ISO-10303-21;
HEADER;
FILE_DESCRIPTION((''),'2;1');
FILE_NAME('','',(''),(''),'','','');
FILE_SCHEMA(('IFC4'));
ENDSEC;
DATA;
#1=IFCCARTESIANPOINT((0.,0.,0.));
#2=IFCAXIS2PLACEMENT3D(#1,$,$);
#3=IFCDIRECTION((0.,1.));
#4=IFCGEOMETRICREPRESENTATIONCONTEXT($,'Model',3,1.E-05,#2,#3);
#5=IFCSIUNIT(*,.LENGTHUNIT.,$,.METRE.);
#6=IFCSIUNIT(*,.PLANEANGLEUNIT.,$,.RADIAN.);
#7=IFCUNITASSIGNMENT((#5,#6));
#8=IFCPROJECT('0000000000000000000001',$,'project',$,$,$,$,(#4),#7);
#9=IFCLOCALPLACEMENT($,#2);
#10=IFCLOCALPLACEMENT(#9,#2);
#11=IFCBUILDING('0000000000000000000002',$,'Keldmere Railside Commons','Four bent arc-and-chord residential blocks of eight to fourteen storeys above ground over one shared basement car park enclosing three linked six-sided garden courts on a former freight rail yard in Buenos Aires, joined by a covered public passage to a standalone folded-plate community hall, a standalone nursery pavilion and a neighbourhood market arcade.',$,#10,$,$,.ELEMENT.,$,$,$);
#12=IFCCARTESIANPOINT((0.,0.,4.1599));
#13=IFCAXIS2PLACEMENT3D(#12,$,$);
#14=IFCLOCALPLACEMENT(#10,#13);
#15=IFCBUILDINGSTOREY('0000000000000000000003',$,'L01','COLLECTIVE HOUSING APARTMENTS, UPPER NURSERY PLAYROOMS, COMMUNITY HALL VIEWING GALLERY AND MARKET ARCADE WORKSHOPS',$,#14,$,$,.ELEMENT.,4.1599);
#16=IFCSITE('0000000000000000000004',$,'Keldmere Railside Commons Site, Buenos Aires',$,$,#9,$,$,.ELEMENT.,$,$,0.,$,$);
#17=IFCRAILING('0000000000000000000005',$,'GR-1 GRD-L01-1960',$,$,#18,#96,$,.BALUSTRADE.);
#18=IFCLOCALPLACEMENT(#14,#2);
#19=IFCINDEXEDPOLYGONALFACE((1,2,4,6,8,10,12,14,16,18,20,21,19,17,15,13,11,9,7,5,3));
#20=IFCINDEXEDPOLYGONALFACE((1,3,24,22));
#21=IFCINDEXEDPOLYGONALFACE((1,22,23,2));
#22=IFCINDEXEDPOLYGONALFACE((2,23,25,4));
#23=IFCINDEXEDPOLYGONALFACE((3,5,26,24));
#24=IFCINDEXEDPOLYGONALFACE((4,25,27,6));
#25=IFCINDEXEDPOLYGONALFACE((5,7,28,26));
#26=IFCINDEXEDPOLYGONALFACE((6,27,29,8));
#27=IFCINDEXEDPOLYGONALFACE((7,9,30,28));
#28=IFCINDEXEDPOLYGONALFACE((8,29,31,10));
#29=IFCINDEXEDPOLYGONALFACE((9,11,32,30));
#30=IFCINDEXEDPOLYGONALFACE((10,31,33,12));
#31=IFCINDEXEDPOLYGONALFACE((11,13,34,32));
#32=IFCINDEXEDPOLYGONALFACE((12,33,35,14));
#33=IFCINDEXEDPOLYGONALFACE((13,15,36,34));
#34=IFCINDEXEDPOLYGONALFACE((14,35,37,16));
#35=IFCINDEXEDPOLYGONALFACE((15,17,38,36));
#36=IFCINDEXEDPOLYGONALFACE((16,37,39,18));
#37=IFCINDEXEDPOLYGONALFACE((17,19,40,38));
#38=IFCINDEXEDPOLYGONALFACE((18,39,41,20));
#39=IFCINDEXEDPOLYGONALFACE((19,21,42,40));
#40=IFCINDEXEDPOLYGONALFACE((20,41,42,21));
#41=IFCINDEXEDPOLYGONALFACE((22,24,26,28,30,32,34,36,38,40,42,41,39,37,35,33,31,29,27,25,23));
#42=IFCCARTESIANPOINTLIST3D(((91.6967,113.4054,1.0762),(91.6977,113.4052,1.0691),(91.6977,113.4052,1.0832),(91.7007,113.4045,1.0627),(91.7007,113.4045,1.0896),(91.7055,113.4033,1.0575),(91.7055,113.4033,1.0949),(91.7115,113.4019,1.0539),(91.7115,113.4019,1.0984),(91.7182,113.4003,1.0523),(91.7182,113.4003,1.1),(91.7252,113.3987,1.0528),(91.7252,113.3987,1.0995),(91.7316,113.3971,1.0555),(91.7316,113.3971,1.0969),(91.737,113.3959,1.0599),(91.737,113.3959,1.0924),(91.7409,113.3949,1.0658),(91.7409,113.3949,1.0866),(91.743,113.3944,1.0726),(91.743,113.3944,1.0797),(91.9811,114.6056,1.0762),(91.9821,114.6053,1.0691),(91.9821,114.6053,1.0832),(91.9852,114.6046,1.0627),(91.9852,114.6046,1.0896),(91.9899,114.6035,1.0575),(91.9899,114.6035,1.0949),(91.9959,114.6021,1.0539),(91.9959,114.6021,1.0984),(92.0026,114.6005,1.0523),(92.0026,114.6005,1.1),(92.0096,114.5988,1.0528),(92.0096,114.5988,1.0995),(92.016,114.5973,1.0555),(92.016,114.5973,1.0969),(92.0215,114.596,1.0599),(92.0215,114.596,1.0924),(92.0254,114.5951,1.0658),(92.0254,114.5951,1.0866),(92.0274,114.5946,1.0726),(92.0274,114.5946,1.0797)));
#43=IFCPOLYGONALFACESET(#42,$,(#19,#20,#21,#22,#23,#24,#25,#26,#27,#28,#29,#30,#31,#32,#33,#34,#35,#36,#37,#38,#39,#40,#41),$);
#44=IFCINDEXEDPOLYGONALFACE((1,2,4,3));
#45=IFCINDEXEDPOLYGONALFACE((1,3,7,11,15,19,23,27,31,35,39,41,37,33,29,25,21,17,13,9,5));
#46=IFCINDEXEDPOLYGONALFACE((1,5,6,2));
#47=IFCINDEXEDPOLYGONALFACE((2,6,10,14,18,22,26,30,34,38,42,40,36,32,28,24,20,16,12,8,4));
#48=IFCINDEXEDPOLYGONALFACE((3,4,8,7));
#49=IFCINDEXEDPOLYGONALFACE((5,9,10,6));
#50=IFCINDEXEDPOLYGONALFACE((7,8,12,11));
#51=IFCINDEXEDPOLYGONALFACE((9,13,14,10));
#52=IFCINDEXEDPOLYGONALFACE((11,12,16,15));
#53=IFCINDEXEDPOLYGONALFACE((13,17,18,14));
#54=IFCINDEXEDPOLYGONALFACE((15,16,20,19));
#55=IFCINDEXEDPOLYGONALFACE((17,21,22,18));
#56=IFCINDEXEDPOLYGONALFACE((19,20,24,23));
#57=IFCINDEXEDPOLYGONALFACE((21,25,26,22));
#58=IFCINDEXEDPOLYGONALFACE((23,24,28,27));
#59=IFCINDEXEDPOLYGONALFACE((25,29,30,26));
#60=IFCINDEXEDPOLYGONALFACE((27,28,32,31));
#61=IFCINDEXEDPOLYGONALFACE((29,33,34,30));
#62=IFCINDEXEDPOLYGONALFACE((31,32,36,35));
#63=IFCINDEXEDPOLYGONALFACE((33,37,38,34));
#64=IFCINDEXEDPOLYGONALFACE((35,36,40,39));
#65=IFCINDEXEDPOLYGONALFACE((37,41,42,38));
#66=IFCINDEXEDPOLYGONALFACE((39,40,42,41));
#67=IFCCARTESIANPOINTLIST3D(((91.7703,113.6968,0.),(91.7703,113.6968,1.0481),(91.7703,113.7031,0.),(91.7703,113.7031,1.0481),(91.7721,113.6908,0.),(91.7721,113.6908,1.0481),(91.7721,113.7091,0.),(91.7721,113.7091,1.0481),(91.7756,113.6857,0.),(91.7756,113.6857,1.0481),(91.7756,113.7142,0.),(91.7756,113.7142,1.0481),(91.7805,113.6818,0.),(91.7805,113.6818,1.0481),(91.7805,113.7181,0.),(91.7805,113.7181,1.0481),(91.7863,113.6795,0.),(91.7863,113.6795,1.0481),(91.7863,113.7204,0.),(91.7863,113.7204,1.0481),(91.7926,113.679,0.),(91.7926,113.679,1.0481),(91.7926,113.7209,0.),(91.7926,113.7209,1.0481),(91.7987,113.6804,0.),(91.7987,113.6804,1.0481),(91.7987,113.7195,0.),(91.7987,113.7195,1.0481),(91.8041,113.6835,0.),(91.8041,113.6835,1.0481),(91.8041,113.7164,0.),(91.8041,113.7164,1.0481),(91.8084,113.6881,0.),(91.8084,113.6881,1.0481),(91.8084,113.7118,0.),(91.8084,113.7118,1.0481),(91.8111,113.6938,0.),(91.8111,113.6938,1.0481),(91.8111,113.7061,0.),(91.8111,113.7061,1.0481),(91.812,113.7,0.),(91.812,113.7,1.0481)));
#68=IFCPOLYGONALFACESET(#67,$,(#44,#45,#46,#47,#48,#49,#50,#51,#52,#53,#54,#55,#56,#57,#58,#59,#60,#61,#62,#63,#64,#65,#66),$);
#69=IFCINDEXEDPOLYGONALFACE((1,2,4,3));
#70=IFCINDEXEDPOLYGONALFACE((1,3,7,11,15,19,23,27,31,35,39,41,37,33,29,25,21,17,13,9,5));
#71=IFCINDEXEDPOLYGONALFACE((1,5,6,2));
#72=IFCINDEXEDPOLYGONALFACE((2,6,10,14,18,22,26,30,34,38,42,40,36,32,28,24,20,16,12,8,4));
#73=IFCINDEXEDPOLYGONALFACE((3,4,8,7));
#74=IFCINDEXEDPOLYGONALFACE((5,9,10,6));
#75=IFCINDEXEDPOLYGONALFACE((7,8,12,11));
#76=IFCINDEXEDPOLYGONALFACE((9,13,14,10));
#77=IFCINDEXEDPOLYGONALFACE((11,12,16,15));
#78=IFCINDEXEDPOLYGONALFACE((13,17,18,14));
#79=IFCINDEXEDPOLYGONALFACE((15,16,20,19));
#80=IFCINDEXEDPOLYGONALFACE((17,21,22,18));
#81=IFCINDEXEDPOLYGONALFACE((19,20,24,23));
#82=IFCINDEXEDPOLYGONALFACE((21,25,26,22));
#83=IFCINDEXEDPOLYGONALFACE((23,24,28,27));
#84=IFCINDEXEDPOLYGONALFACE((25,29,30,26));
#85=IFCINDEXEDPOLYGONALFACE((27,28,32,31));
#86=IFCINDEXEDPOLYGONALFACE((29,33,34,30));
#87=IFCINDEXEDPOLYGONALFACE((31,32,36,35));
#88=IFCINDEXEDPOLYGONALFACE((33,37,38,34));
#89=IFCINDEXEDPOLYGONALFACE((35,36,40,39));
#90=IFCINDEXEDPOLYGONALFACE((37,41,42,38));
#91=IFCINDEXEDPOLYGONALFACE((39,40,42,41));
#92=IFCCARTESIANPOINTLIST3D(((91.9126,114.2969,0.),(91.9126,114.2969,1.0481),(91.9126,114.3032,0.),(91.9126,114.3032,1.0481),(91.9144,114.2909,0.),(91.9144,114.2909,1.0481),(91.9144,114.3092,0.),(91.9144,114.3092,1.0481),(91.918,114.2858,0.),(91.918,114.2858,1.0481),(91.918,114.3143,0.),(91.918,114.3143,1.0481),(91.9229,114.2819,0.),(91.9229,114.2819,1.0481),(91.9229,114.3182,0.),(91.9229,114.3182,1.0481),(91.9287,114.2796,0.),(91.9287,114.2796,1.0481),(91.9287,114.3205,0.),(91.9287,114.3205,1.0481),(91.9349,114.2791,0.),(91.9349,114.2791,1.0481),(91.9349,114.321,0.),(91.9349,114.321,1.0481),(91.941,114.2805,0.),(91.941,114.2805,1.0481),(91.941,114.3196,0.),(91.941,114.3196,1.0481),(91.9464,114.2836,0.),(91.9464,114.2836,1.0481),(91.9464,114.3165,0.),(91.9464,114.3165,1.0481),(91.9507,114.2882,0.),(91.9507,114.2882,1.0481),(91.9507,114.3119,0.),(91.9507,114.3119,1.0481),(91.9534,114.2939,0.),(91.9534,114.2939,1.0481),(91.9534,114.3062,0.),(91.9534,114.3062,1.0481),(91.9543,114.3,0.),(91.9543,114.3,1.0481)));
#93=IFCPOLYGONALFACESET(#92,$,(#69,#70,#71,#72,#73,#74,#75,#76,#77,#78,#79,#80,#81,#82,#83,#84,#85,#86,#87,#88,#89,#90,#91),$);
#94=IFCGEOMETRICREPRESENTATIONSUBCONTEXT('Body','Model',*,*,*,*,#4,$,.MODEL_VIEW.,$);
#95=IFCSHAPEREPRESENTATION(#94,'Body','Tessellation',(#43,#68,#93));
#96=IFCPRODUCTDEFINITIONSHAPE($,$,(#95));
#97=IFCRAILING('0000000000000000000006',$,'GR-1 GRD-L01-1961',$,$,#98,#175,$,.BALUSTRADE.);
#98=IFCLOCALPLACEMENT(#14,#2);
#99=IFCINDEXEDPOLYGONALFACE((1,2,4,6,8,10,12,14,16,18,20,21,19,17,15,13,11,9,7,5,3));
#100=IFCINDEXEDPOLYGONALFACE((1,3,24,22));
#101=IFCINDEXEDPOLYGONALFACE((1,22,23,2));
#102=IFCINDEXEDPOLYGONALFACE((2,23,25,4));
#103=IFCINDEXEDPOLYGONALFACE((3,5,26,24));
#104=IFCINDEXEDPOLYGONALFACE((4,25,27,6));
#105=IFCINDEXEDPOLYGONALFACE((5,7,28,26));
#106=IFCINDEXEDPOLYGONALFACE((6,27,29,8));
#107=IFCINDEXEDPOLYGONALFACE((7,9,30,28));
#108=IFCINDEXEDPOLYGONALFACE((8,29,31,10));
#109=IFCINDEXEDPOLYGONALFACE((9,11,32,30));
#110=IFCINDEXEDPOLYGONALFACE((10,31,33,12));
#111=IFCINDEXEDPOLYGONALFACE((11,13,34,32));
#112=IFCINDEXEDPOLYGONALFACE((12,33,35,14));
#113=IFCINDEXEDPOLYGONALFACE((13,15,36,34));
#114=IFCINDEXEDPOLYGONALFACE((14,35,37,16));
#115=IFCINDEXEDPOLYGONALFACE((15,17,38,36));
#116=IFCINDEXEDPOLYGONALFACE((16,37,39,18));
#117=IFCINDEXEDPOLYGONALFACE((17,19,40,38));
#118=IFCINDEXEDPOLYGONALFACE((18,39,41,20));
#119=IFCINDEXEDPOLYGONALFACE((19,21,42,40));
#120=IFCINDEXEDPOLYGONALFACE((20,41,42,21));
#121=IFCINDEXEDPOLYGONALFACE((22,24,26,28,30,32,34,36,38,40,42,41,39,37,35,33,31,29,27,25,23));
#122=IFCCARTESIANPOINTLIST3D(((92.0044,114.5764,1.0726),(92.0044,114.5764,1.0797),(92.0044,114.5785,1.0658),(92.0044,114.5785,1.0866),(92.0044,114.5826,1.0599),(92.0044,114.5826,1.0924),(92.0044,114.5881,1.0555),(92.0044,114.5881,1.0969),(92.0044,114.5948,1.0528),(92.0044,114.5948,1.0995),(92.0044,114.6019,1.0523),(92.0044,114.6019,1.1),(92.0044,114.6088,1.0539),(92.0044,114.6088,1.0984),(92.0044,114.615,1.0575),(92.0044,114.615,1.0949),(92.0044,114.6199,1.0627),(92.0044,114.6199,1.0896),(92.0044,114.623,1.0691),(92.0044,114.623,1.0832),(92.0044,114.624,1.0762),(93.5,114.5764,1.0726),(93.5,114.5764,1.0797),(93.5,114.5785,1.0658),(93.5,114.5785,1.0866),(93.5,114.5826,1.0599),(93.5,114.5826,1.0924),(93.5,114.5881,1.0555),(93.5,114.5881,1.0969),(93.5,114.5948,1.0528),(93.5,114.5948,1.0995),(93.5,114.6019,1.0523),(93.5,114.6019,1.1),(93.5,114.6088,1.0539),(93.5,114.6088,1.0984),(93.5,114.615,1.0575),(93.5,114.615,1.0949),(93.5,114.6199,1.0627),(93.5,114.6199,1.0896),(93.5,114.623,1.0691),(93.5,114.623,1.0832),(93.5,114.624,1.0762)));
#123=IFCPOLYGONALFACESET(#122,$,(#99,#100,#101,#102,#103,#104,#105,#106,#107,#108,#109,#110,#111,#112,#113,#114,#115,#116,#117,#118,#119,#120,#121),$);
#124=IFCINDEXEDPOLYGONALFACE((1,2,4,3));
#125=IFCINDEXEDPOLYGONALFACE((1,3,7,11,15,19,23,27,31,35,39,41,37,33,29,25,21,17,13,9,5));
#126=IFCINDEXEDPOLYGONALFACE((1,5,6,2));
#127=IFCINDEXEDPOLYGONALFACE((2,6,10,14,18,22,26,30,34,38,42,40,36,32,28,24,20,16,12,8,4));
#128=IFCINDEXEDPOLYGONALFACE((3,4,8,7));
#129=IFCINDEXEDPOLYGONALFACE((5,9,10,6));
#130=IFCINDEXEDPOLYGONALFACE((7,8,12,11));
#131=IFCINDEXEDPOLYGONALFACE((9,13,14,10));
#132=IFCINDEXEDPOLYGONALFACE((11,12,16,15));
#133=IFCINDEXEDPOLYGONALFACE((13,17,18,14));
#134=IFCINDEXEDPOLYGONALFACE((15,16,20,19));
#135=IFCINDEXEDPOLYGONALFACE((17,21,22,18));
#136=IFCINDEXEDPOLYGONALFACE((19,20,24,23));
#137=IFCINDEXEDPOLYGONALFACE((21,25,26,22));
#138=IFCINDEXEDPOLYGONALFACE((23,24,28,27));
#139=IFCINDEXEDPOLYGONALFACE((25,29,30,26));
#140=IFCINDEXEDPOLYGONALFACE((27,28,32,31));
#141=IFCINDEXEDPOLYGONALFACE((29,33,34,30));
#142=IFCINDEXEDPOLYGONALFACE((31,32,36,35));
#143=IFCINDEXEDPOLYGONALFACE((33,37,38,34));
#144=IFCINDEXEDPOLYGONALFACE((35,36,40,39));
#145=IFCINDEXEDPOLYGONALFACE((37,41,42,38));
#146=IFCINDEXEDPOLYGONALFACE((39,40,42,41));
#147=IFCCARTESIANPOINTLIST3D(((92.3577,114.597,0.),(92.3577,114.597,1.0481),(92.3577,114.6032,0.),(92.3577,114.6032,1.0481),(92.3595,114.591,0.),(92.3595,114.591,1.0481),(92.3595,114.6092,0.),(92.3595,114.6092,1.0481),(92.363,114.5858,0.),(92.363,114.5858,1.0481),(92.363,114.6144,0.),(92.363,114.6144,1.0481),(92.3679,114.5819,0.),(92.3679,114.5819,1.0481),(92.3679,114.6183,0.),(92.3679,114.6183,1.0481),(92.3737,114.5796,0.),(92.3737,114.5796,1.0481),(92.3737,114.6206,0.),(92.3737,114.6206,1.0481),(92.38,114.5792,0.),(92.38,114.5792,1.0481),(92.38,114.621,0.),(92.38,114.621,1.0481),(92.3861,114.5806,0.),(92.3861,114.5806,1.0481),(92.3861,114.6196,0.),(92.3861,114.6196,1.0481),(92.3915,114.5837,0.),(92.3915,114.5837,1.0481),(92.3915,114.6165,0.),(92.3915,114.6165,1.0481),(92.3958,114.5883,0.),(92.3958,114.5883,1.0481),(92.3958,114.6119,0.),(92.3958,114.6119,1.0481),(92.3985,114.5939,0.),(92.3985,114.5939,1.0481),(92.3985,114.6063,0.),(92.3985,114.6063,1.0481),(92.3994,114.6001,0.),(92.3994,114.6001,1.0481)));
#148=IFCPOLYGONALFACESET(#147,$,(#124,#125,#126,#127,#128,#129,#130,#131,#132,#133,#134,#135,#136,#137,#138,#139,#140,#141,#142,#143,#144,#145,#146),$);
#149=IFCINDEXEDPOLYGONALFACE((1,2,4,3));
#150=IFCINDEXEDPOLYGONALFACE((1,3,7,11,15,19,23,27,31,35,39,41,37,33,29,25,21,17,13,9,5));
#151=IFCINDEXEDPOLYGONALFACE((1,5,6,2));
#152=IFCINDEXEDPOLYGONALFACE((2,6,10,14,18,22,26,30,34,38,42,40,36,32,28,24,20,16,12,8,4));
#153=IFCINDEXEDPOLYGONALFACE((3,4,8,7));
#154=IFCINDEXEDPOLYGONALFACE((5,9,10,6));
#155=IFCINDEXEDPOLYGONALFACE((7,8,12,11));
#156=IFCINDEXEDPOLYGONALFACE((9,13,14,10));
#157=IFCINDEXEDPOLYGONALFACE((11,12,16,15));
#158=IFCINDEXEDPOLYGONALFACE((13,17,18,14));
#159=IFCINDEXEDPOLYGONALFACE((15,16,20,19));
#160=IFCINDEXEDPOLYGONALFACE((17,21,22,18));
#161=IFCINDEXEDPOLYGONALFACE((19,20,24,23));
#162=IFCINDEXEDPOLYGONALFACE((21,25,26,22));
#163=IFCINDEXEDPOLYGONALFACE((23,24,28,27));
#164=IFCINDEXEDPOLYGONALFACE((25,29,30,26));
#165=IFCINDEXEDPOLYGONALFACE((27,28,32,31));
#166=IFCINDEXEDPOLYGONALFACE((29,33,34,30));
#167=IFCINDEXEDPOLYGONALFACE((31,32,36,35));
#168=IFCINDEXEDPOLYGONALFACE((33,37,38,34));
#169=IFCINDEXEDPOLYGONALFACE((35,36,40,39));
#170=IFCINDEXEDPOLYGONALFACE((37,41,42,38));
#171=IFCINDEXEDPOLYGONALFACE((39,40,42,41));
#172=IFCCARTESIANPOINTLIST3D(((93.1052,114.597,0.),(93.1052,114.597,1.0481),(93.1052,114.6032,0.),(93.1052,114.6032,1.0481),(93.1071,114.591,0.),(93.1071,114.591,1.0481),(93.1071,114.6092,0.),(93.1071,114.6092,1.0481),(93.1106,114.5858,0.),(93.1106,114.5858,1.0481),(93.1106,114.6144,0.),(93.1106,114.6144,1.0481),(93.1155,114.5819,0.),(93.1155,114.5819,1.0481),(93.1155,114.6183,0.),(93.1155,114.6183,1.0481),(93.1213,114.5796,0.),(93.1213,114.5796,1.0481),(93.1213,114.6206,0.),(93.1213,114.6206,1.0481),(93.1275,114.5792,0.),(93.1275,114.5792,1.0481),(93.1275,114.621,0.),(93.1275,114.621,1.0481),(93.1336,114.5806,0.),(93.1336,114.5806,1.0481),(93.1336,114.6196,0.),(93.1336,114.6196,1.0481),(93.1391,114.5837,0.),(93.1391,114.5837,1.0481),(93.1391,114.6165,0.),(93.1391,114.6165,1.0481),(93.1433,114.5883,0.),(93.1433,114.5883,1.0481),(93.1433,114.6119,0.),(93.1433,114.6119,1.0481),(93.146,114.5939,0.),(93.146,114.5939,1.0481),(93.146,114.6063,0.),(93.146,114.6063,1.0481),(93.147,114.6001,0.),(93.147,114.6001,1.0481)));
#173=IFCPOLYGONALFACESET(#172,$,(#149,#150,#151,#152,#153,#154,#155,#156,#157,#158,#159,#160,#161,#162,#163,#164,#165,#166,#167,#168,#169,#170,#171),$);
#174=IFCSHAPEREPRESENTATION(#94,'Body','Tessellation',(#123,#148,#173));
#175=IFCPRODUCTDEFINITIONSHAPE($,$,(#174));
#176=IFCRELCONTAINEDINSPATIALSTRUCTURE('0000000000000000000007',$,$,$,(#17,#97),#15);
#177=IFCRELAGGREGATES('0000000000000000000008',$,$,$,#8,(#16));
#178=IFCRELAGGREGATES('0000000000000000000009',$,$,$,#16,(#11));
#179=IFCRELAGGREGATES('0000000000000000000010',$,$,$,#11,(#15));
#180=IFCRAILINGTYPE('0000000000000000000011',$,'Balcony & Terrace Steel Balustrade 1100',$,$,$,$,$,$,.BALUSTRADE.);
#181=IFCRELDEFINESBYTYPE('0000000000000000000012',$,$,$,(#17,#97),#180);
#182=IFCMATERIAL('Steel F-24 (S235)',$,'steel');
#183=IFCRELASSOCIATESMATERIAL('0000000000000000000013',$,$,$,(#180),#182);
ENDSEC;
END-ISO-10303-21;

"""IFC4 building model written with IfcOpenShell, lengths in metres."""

from ifc_helpers import new_model, si_unit, direction, frame, origin, origin_2d, place, context, subcontext, project, spatial, circle, extrude, material, type_object, element, save


model = new_model("IFC4")

# Units and contexts
model_context = context("Model", 3, precision=1e-05, world=origin(), true_north=direction((0.0, 1.0)))
body_context = subcontext(model_context, "Body", "Model", "MODEL_VIEW")
ifc_project = project(units=[si_unit("LENGTHUNIT", "METRE"), si_unit("PLANEANGLEUNIT", "RADIAN")], contexts=[model_context])

# Site, building, storey
site_placement = place(None, origin())
site = spatial("IfcSite", under=ifc_project, at=site_placement, Name="Keldmere Railside Commons Site, Buenos Aires", CompositionType="ELEMENT", RefElevation=0.0)
building_placement = place(site_placement, origin())
building = spatial("IfcBuilding", under=site, at=building_placement, Name="Keldmere Railside Commons", Description="Four bent arc-and-chord residential blocks of eight to fourteen storeys above ground over one shared basement car park enclosing three linked six-sided garden courts on a former freight rail yard in Buenos Aires, joined by a covered public passage to a standalone folded-plate community hall, a standalone nursery pavilion and a neighbourhood market arcade.", CompositionType="ELEMENT")
storey_placement = place(building_placement, frame((0.0, 0.0, 4.1599)))
storey = spatial("IfcBuildingStorey", under=building, at=storey_placement, Name="L01", Description="COLLECTIVE HOUSING APARTMENTS, UPPER NURSERY PLAYROOMS, COMMUNITY HALL VIEWING GALLERY AND MARKET ARCADE WORKSHOPS", CompositionType="ELEMENT", Elevation=4.1599)

# Railings
ifc_material_1 = material(Name="Steel F-24 (S235)", Category="steel")
railing_type = type_object("IfcRailingType", Name="Balcony & Terrace Steel Balustrade 1100", PredefinedType="BALUSTRADE", material=ifc_material_1)
railing_1_placement = place(storey_placement, frame((91.72, 113.3999, 0.0)))
element("IfcRailing", 1, at=railing_1_placement, inside=storey, type_object=railing_type, Name="GR-1 GRD-L01-1960", PredefinedType="BALUSTRADE", context=body_context, shape_type="SweptSolid", body=[
    extrude(circle(Radius=0.0239, at=origin_2d()), frame((0.0, 0.0, 1.0762), z_axis=(0.230595, 0.97305, 0.0), x_axis=(-0.97305, 0.230595, 0.0)), (0.0, 0.0, 1.0), 1.2334),
    extrude(circle(Radius=0.021, at=origin_2d()), frame((0.071, 0.3, 0.0)), (0.0, 0.0, 1.0), 1.0481),
    extrude(circle(Radius=0.021, at=origin_2d()), frame((0.2134, 0.9001, 0.0)), (0.0, 0.0, 1.0), 1.0481),
])
railing_2_placement = place(storey_placement, frame((92.0044, 114.6001, 0.0)))
element("IfcRailing", 2, at=railing_2_placement, inside=storey, type_object=railing_type, Name="GR-1 GRD-L01-1961", PredefinedType="BALUSTRADE", context=body_context, shape_type="SweptSolid", body=[
    extrude(circle(Radius=0.0239, at=origin_2d()), frame((0.0, 0.0, 1.0762), z_axis=(1.0, 0.0, 0.0), x_axis=(0.0, 1.0, 0.0)), (0.0, 0.0, 1.0), 1.4956),
    extrude(circle(Radius=0.021, at=origin_2d()), frame((0.374, 0.0, 0.0)), (0.0, 0.0, 1.0), 1.0481),
    extrude(circle(Radius=0.021, at=origin_2d()), frame((1.1216, 0.0, 0.0)), (0.0, 0.0, 1.0), 1.0481),
])

save(model, "model.ifc")
